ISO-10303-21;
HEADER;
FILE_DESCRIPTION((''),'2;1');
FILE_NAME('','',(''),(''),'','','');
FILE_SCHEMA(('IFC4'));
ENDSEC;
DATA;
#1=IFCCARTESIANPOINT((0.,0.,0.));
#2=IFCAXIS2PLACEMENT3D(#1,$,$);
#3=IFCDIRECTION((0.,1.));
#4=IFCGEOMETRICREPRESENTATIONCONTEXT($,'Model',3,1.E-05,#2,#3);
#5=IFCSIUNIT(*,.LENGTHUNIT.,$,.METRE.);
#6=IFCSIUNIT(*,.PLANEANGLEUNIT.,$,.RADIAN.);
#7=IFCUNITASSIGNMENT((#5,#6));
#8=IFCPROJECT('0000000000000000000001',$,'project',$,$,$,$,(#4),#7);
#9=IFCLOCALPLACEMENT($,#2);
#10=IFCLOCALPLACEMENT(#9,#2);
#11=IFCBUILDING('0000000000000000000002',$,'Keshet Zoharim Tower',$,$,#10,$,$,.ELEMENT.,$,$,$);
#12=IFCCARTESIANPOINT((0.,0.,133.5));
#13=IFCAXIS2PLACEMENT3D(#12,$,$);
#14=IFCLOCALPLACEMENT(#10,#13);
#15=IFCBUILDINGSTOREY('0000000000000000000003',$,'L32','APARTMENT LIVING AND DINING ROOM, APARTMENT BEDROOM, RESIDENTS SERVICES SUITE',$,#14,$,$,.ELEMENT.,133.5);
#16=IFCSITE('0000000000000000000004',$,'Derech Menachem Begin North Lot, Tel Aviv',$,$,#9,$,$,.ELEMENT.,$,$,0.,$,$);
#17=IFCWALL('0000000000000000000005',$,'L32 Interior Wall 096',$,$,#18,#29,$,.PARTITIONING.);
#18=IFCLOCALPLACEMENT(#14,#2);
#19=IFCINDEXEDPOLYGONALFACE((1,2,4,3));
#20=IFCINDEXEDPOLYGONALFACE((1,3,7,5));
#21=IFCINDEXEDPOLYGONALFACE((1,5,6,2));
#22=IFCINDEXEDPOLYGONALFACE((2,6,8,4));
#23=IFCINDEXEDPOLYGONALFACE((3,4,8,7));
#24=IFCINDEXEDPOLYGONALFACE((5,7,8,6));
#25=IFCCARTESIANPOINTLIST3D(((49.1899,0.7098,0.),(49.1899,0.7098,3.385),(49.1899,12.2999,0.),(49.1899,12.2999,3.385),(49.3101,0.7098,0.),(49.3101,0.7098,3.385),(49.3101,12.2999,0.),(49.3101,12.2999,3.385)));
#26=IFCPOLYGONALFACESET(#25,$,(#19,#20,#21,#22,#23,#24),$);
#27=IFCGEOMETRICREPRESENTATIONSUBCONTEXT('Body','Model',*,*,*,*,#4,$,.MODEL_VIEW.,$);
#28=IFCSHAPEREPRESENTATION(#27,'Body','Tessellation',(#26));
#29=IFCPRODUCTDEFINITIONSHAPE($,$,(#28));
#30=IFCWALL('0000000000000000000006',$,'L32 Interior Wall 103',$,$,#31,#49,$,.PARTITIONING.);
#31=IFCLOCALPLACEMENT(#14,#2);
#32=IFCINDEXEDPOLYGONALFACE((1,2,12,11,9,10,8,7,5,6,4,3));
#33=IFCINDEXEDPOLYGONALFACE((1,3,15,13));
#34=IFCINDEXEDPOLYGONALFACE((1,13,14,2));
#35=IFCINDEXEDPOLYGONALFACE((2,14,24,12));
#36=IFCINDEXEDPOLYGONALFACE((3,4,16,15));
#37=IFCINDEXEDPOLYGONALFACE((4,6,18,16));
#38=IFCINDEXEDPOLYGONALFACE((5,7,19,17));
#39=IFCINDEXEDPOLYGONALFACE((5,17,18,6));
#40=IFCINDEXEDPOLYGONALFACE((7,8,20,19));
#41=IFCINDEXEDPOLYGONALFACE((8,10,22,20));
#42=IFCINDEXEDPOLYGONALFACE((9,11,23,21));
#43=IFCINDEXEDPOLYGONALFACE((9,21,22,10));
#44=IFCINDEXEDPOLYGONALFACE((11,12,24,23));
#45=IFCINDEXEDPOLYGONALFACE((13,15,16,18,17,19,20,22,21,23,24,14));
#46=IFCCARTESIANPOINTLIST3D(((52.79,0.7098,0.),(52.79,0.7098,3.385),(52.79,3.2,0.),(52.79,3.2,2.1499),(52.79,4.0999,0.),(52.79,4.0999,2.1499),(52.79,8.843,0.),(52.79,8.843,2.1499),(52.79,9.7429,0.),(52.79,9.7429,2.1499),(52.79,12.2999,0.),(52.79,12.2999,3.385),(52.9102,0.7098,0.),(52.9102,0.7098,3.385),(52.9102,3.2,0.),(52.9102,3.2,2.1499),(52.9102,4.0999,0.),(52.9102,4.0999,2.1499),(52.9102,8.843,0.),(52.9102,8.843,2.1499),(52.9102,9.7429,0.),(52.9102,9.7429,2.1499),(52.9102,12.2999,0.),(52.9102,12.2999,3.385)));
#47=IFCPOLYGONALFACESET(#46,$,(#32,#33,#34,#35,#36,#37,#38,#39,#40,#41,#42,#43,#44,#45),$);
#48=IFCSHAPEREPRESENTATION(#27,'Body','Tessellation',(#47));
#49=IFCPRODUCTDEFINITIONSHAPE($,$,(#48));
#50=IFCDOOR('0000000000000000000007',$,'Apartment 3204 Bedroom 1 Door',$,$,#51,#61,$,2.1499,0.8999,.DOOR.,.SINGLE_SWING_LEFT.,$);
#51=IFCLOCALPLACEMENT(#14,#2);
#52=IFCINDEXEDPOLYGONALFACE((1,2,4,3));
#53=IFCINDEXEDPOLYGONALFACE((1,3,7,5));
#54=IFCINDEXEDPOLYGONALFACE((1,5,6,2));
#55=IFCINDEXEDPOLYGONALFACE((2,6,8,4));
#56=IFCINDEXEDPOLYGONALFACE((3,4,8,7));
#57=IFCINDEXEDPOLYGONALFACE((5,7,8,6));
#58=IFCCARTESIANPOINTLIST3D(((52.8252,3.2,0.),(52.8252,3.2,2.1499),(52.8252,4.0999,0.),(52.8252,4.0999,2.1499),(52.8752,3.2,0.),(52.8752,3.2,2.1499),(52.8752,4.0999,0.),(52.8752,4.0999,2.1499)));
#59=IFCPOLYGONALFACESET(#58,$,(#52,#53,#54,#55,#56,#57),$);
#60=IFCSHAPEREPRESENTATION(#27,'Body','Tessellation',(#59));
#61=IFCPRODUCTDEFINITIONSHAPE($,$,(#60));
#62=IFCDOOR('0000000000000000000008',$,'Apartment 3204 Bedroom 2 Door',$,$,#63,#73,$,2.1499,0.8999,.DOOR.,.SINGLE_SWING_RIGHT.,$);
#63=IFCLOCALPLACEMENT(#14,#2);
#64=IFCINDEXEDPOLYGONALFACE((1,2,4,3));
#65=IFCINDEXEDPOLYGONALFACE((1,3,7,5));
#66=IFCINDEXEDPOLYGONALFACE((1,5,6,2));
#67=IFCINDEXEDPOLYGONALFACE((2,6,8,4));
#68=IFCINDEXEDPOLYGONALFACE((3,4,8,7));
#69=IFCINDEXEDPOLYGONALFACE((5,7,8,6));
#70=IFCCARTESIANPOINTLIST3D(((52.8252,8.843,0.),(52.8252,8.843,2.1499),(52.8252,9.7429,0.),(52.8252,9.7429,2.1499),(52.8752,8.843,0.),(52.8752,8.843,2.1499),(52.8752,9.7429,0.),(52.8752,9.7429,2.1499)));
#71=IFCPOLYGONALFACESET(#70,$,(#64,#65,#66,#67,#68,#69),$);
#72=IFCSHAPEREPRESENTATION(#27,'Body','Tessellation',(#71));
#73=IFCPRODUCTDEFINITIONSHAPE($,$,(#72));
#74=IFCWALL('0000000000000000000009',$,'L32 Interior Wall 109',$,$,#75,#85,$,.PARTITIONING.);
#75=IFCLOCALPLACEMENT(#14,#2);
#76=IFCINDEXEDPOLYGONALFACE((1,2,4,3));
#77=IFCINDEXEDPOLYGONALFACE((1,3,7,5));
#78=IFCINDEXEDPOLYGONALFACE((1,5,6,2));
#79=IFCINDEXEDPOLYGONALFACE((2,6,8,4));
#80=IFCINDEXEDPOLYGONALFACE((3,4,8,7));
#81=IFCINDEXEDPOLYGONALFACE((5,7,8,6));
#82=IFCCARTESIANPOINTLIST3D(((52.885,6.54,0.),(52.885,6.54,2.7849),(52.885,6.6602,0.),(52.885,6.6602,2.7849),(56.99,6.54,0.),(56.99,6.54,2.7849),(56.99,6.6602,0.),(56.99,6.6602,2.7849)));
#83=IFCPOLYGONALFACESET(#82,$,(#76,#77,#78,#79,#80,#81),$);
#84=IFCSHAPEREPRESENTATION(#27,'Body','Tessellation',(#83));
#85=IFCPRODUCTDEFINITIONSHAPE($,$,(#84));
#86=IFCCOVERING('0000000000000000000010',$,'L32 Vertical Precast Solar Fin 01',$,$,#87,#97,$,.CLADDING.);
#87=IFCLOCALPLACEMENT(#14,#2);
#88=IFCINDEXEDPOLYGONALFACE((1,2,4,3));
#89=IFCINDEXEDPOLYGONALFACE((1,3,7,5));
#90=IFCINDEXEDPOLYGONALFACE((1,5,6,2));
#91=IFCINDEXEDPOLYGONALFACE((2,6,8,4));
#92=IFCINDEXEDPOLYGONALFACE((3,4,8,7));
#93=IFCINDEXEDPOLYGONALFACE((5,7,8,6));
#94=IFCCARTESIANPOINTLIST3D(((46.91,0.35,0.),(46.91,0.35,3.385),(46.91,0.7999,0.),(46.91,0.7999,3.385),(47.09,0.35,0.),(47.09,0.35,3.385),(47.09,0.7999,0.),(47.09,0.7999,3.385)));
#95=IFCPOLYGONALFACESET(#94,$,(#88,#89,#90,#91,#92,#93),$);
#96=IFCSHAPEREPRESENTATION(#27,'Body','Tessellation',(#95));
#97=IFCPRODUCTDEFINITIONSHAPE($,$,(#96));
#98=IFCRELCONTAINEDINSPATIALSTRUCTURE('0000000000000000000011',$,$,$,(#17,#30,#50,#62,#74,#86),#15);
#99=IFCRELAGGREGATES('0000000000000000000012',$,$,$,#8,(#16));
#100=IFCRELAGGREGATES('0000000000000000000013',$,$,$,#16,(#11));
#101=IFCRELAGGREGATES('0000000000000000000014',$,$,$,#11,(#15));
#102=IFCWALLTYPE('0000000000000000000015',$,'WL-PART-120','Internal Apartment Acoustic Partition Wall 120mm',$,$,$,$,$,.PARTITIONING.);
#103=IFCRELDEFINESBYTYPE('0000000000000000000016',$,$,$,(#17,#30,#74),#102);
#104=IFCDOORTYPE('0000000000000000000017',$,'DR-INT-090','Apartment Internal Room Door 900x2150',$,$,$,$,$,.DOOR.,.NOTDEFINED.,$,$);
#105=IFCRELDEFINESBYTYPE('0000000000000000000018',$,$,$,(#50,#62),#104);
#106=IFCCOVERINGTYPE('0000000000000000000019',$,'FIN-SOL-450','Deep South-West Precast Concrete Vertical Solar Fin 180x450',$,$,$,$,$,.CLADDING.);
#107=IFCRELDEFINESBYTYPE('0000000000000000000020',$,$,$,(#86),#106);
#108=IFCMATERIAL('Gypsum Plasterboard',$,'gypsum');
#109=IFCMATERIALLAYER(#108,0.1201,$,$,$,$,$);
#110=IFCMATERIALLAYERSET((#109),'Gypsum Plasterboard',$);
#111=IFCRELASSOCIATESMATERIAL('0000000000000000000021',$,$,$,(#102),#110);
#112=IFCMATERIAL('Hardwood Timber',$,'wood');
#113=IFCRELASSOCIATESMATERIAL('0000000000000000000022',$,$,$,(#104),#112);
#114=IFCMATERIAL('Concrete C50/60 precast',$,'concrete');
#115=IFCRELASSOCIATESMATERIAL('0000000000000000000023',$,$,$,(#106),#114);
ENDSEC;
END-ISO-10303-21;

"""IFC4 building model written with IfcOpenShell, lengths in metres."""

from ifc_helpers import new_model, si_unit, direction, frame, frame_2d, origin, origin_2d, place, context, subcontext, project, spatial, rectangle, extrude, material, layer, layer_set, type_object, element, fill, save


model = new_model("IFC4")

# Units and contexts
model_context = context("Model", 3, precision=1e-05, world=origin(), true_north=direction((0.0, 1.0)))
body_context = subcontext(model_context, "Body", "Model", "MODEL_VIEW")
ifc_project = project(units=[si_unit("LENGTHUNIT", "METRE"), si_unit("PLANEANGLEUNIT", "RADIAN")], contexts=[model_context])

# Site, building, storey
site_placement = place(None, origin())
site = spatial("IfcSite", under=ifc_project, at=site_placement, Name="Derech Menachem Begin North Lot, Tel Aviv", CompositionType="ELEMENT", RefElevation=0.0)
building_placement = place(site_placement, origin())
building = spatial("IfcBuilding", under=site, at=building_placement, Name="Keshet Zoharim Tower", CompositionType="ELEMENT")
storey_placement = place(building_placement, frame((0.0, 0.0, 133.5)))
storey = spatial("IfcBuildingStorey", under=building, at=storey_placement, Name="L32", Description="APARTMENT LIVING AND DINING ROOM, APARTMENT BEDROOM, RESIDENTS SERVICES SUITE", CompositionType="ELEMENT", Elevation=133.5)

# Wall
ifc_material_1 = material(Name="Gypsum Plasterboard", Category="gypsum")
ifc_layer_1 = layer(ifc_material_1, 0.1201)
ifc_layer_set_1 = layer_set([ifc_layer_1], Name="Gypsum Plasterboard")
wall_type = type_object("IfcWallType", Name="WL-PART-120", Description="Internal Apartment Acoustic Partition Wall 120mm", PredefinedType="PARTITIONING", material=ifc_layer_set_1)
wall_1_placement = place(storey_placement, frame((49.25, 0.71, 0.0), z_axis=(0.0, 0.0, 1.0), x_axis=(0.0, 1.0, 0.0)))
element("IfcWall", 1, at=wall_1_placement, inside=storey, type_object=wall_type, Name="L32 Interior Wall 096", PredefinedType="PARTITIONING", context=body_context, shape_type="SweptSolid", body=[
    extrude(rectangle(XDim=11.5901, YDim=0.1201, at=frame_2d((5.7949, 0.0))), origin(), (0.0, 0.0, 1.0), 3.385),
])

# Wall, openings, doors
wall_2_placement = place(storey_placement, frame((52.8501, 0.71, 0.0), z_axis=(0.0, 0.0, 1.0), x_axis=(0.0, 1.0, 0.0)))
wall_2 = element("IfcWall", 2, at=wall_2_placement, inside=storey, type_object=wall_type, Name="L32 Interior Wall 103", PredefinedType="PARTITIONING", context=body_context, shape_type="SweptSolid", body=[
    extrude(rectangle(XDim=11.5901, YDim=0.1201, at=frame_2d((5.7949, 0.0))), origin(), (0.0, 0.0, 1.0), 3.385),
])
opening_1_placement = place(wall_2_placement, frame((2.49, 0.0, 0.0)))
opening_1 = element("IfcOpeningElement", 3, at=opening_1_placement, cuts=wall_2, PredefinedType="OPENING", context=body_context, shape_type="SweptSolid", body=[
    extrude(rectangle(XDim=0.8999, YDim=2.1499, at=frame_2d((0.45, 1.075))), frame((0.0, 0.0701, 0.0), z_axis=(0.0, -1.0, 0.0), x_axis=(1.0, 0.0, 0.0)), (0.0, 0.0, 1.0), 0.1401),
])
opening_2_placement = place(wall_2_placement, frame((8.1331, 0.0, 0.0)))
opening_2 = element("IfcOpeningElement", 4, at=opening_2_placement, cuts=wall_2, PredefinedType="OPENING", context=body_context, shape_type="SweptSolid", body=[
    extrude(rectangle(XDim=0.8999, YDim=2.1499, at=frame_2d((0.45, 1.075))), frame((0.0, 0.0701, 0.0), z_axis=(0.0, -1.0, 0.0), x_axis=(1.0, 0.0, 0.0)), (0.0, 0.0, 1.0), 0.1401),
])
ifc_material_2 = material(Name="Hardwood Timber", Category="wood")
door_type = type_object("IfcDoorType", Name="DR-INT-090", Description="Apartment Internal Room Door 900x2150", OperationType="NOTDEFINED", PredefinedType="DOOR", material=ifc_material_2)
door_1_placement = place(opening_1_placement, origin())
door_1 = element("IfcDoor", 5, at=door_1_placement, inside=storey, type_object=door_type, Name="Apartment 3204 Bedroom 1 Door", OperationType="SINGLE_SWING_LEFT", OverallHeight=2.1499, OverallWidth=0.8999, PredefinedType="DOOR", context=body_context, shape_type="SweptSolid", body=[
    extrude(rectangle(XDim=0.8999, YDim=2.1499, at=frame_2d((0.45, 1.075))), frame((0.0, 0.0249, 0.0), z_axis=(0.0, -1.0, 0.0), x_axis=(1.0, 0.0, 0.0)), (0.0, 0.0, 1.0), 0.05),
])
fill(opening_1, door_1)
door_2_placement = place(opening_2_placement, origin())
door_2 = element("IfcDoor", 6, at=door_2_placement, inside=storey, type_object=door_type, Name="Apartment 3204 Bedroom 2 Door", OperationType="SINGLE_SWING_RIGHT", OverallHeight=2.1499, OverallWidth=0.8999, PredefinedType="DOOR", context=body_context, shape_type="SweptSolid", body=[
    extrude(rectangle(XDim=0.8999, YDim=2.1499, at=frame_2d((0.45, 1.075))), frame((0.0, 0.0249, 0.0), z_axis=(0.0, -1.0, 0.0), x_axis=(1.0, 0.0, 0.0)), (0.0, 0.0, 1.0), 0.05),
])
fill(opening_2, door_2)

# Wall
wall_3_placement = place(storey_placement, frame((52.885, 6.6001, 0.0), z_axis=(0.0, 0.0, 1.0), x_axis=(1.0, 0.0, 0.0)))
element("IfcWall", 7, at=wall_3_placement, inside=storey, type_object=wall_type, Name="L32 Interior Wall 109", PredefinedType="PARTITIONING", context=body_context, shape_type="SweptSolid", body=[
    extrude(rectangle(XDim=4.105, YDim=0.1201, at=frame_2d((2.0525, 0.0))), origin(), (0.0, 0.0, 1.0), 2.7849),
])

# Covering
ifc_material_3 = material(Name="Concrete C50/60 precast", Category="concrete")
covering_type = type_object("IfcCoveringType", Name="FIN-SOL-450", Description="Deep South-West Precast Concrete Vertical Solar Fin 180x450", PredefinedType="CLADDING", material=ifc_material_3)
covering_placement = place(storey_placement, frame((47.0, 0.575, 0.0), z_axis=(0.0, 0.0, 1.0), x_axis=(-1.0, 0.0, 0.0)))
element("IfcCovering", 8, at=covering_placement, inside=storey, type_object=covering_type, Name="L32 Vertical Precast Solar Fin 01", PredefinedType="CLADDING", context=body_context, shape_type="SweptSolid", body=[
    extrude(rectangle(XDim=0.1799, YDim=0.45, at=origin_2d()), origin(), (0.0, 0.0, 1.0), 3.385),
])

save(model, "model.ifc")
